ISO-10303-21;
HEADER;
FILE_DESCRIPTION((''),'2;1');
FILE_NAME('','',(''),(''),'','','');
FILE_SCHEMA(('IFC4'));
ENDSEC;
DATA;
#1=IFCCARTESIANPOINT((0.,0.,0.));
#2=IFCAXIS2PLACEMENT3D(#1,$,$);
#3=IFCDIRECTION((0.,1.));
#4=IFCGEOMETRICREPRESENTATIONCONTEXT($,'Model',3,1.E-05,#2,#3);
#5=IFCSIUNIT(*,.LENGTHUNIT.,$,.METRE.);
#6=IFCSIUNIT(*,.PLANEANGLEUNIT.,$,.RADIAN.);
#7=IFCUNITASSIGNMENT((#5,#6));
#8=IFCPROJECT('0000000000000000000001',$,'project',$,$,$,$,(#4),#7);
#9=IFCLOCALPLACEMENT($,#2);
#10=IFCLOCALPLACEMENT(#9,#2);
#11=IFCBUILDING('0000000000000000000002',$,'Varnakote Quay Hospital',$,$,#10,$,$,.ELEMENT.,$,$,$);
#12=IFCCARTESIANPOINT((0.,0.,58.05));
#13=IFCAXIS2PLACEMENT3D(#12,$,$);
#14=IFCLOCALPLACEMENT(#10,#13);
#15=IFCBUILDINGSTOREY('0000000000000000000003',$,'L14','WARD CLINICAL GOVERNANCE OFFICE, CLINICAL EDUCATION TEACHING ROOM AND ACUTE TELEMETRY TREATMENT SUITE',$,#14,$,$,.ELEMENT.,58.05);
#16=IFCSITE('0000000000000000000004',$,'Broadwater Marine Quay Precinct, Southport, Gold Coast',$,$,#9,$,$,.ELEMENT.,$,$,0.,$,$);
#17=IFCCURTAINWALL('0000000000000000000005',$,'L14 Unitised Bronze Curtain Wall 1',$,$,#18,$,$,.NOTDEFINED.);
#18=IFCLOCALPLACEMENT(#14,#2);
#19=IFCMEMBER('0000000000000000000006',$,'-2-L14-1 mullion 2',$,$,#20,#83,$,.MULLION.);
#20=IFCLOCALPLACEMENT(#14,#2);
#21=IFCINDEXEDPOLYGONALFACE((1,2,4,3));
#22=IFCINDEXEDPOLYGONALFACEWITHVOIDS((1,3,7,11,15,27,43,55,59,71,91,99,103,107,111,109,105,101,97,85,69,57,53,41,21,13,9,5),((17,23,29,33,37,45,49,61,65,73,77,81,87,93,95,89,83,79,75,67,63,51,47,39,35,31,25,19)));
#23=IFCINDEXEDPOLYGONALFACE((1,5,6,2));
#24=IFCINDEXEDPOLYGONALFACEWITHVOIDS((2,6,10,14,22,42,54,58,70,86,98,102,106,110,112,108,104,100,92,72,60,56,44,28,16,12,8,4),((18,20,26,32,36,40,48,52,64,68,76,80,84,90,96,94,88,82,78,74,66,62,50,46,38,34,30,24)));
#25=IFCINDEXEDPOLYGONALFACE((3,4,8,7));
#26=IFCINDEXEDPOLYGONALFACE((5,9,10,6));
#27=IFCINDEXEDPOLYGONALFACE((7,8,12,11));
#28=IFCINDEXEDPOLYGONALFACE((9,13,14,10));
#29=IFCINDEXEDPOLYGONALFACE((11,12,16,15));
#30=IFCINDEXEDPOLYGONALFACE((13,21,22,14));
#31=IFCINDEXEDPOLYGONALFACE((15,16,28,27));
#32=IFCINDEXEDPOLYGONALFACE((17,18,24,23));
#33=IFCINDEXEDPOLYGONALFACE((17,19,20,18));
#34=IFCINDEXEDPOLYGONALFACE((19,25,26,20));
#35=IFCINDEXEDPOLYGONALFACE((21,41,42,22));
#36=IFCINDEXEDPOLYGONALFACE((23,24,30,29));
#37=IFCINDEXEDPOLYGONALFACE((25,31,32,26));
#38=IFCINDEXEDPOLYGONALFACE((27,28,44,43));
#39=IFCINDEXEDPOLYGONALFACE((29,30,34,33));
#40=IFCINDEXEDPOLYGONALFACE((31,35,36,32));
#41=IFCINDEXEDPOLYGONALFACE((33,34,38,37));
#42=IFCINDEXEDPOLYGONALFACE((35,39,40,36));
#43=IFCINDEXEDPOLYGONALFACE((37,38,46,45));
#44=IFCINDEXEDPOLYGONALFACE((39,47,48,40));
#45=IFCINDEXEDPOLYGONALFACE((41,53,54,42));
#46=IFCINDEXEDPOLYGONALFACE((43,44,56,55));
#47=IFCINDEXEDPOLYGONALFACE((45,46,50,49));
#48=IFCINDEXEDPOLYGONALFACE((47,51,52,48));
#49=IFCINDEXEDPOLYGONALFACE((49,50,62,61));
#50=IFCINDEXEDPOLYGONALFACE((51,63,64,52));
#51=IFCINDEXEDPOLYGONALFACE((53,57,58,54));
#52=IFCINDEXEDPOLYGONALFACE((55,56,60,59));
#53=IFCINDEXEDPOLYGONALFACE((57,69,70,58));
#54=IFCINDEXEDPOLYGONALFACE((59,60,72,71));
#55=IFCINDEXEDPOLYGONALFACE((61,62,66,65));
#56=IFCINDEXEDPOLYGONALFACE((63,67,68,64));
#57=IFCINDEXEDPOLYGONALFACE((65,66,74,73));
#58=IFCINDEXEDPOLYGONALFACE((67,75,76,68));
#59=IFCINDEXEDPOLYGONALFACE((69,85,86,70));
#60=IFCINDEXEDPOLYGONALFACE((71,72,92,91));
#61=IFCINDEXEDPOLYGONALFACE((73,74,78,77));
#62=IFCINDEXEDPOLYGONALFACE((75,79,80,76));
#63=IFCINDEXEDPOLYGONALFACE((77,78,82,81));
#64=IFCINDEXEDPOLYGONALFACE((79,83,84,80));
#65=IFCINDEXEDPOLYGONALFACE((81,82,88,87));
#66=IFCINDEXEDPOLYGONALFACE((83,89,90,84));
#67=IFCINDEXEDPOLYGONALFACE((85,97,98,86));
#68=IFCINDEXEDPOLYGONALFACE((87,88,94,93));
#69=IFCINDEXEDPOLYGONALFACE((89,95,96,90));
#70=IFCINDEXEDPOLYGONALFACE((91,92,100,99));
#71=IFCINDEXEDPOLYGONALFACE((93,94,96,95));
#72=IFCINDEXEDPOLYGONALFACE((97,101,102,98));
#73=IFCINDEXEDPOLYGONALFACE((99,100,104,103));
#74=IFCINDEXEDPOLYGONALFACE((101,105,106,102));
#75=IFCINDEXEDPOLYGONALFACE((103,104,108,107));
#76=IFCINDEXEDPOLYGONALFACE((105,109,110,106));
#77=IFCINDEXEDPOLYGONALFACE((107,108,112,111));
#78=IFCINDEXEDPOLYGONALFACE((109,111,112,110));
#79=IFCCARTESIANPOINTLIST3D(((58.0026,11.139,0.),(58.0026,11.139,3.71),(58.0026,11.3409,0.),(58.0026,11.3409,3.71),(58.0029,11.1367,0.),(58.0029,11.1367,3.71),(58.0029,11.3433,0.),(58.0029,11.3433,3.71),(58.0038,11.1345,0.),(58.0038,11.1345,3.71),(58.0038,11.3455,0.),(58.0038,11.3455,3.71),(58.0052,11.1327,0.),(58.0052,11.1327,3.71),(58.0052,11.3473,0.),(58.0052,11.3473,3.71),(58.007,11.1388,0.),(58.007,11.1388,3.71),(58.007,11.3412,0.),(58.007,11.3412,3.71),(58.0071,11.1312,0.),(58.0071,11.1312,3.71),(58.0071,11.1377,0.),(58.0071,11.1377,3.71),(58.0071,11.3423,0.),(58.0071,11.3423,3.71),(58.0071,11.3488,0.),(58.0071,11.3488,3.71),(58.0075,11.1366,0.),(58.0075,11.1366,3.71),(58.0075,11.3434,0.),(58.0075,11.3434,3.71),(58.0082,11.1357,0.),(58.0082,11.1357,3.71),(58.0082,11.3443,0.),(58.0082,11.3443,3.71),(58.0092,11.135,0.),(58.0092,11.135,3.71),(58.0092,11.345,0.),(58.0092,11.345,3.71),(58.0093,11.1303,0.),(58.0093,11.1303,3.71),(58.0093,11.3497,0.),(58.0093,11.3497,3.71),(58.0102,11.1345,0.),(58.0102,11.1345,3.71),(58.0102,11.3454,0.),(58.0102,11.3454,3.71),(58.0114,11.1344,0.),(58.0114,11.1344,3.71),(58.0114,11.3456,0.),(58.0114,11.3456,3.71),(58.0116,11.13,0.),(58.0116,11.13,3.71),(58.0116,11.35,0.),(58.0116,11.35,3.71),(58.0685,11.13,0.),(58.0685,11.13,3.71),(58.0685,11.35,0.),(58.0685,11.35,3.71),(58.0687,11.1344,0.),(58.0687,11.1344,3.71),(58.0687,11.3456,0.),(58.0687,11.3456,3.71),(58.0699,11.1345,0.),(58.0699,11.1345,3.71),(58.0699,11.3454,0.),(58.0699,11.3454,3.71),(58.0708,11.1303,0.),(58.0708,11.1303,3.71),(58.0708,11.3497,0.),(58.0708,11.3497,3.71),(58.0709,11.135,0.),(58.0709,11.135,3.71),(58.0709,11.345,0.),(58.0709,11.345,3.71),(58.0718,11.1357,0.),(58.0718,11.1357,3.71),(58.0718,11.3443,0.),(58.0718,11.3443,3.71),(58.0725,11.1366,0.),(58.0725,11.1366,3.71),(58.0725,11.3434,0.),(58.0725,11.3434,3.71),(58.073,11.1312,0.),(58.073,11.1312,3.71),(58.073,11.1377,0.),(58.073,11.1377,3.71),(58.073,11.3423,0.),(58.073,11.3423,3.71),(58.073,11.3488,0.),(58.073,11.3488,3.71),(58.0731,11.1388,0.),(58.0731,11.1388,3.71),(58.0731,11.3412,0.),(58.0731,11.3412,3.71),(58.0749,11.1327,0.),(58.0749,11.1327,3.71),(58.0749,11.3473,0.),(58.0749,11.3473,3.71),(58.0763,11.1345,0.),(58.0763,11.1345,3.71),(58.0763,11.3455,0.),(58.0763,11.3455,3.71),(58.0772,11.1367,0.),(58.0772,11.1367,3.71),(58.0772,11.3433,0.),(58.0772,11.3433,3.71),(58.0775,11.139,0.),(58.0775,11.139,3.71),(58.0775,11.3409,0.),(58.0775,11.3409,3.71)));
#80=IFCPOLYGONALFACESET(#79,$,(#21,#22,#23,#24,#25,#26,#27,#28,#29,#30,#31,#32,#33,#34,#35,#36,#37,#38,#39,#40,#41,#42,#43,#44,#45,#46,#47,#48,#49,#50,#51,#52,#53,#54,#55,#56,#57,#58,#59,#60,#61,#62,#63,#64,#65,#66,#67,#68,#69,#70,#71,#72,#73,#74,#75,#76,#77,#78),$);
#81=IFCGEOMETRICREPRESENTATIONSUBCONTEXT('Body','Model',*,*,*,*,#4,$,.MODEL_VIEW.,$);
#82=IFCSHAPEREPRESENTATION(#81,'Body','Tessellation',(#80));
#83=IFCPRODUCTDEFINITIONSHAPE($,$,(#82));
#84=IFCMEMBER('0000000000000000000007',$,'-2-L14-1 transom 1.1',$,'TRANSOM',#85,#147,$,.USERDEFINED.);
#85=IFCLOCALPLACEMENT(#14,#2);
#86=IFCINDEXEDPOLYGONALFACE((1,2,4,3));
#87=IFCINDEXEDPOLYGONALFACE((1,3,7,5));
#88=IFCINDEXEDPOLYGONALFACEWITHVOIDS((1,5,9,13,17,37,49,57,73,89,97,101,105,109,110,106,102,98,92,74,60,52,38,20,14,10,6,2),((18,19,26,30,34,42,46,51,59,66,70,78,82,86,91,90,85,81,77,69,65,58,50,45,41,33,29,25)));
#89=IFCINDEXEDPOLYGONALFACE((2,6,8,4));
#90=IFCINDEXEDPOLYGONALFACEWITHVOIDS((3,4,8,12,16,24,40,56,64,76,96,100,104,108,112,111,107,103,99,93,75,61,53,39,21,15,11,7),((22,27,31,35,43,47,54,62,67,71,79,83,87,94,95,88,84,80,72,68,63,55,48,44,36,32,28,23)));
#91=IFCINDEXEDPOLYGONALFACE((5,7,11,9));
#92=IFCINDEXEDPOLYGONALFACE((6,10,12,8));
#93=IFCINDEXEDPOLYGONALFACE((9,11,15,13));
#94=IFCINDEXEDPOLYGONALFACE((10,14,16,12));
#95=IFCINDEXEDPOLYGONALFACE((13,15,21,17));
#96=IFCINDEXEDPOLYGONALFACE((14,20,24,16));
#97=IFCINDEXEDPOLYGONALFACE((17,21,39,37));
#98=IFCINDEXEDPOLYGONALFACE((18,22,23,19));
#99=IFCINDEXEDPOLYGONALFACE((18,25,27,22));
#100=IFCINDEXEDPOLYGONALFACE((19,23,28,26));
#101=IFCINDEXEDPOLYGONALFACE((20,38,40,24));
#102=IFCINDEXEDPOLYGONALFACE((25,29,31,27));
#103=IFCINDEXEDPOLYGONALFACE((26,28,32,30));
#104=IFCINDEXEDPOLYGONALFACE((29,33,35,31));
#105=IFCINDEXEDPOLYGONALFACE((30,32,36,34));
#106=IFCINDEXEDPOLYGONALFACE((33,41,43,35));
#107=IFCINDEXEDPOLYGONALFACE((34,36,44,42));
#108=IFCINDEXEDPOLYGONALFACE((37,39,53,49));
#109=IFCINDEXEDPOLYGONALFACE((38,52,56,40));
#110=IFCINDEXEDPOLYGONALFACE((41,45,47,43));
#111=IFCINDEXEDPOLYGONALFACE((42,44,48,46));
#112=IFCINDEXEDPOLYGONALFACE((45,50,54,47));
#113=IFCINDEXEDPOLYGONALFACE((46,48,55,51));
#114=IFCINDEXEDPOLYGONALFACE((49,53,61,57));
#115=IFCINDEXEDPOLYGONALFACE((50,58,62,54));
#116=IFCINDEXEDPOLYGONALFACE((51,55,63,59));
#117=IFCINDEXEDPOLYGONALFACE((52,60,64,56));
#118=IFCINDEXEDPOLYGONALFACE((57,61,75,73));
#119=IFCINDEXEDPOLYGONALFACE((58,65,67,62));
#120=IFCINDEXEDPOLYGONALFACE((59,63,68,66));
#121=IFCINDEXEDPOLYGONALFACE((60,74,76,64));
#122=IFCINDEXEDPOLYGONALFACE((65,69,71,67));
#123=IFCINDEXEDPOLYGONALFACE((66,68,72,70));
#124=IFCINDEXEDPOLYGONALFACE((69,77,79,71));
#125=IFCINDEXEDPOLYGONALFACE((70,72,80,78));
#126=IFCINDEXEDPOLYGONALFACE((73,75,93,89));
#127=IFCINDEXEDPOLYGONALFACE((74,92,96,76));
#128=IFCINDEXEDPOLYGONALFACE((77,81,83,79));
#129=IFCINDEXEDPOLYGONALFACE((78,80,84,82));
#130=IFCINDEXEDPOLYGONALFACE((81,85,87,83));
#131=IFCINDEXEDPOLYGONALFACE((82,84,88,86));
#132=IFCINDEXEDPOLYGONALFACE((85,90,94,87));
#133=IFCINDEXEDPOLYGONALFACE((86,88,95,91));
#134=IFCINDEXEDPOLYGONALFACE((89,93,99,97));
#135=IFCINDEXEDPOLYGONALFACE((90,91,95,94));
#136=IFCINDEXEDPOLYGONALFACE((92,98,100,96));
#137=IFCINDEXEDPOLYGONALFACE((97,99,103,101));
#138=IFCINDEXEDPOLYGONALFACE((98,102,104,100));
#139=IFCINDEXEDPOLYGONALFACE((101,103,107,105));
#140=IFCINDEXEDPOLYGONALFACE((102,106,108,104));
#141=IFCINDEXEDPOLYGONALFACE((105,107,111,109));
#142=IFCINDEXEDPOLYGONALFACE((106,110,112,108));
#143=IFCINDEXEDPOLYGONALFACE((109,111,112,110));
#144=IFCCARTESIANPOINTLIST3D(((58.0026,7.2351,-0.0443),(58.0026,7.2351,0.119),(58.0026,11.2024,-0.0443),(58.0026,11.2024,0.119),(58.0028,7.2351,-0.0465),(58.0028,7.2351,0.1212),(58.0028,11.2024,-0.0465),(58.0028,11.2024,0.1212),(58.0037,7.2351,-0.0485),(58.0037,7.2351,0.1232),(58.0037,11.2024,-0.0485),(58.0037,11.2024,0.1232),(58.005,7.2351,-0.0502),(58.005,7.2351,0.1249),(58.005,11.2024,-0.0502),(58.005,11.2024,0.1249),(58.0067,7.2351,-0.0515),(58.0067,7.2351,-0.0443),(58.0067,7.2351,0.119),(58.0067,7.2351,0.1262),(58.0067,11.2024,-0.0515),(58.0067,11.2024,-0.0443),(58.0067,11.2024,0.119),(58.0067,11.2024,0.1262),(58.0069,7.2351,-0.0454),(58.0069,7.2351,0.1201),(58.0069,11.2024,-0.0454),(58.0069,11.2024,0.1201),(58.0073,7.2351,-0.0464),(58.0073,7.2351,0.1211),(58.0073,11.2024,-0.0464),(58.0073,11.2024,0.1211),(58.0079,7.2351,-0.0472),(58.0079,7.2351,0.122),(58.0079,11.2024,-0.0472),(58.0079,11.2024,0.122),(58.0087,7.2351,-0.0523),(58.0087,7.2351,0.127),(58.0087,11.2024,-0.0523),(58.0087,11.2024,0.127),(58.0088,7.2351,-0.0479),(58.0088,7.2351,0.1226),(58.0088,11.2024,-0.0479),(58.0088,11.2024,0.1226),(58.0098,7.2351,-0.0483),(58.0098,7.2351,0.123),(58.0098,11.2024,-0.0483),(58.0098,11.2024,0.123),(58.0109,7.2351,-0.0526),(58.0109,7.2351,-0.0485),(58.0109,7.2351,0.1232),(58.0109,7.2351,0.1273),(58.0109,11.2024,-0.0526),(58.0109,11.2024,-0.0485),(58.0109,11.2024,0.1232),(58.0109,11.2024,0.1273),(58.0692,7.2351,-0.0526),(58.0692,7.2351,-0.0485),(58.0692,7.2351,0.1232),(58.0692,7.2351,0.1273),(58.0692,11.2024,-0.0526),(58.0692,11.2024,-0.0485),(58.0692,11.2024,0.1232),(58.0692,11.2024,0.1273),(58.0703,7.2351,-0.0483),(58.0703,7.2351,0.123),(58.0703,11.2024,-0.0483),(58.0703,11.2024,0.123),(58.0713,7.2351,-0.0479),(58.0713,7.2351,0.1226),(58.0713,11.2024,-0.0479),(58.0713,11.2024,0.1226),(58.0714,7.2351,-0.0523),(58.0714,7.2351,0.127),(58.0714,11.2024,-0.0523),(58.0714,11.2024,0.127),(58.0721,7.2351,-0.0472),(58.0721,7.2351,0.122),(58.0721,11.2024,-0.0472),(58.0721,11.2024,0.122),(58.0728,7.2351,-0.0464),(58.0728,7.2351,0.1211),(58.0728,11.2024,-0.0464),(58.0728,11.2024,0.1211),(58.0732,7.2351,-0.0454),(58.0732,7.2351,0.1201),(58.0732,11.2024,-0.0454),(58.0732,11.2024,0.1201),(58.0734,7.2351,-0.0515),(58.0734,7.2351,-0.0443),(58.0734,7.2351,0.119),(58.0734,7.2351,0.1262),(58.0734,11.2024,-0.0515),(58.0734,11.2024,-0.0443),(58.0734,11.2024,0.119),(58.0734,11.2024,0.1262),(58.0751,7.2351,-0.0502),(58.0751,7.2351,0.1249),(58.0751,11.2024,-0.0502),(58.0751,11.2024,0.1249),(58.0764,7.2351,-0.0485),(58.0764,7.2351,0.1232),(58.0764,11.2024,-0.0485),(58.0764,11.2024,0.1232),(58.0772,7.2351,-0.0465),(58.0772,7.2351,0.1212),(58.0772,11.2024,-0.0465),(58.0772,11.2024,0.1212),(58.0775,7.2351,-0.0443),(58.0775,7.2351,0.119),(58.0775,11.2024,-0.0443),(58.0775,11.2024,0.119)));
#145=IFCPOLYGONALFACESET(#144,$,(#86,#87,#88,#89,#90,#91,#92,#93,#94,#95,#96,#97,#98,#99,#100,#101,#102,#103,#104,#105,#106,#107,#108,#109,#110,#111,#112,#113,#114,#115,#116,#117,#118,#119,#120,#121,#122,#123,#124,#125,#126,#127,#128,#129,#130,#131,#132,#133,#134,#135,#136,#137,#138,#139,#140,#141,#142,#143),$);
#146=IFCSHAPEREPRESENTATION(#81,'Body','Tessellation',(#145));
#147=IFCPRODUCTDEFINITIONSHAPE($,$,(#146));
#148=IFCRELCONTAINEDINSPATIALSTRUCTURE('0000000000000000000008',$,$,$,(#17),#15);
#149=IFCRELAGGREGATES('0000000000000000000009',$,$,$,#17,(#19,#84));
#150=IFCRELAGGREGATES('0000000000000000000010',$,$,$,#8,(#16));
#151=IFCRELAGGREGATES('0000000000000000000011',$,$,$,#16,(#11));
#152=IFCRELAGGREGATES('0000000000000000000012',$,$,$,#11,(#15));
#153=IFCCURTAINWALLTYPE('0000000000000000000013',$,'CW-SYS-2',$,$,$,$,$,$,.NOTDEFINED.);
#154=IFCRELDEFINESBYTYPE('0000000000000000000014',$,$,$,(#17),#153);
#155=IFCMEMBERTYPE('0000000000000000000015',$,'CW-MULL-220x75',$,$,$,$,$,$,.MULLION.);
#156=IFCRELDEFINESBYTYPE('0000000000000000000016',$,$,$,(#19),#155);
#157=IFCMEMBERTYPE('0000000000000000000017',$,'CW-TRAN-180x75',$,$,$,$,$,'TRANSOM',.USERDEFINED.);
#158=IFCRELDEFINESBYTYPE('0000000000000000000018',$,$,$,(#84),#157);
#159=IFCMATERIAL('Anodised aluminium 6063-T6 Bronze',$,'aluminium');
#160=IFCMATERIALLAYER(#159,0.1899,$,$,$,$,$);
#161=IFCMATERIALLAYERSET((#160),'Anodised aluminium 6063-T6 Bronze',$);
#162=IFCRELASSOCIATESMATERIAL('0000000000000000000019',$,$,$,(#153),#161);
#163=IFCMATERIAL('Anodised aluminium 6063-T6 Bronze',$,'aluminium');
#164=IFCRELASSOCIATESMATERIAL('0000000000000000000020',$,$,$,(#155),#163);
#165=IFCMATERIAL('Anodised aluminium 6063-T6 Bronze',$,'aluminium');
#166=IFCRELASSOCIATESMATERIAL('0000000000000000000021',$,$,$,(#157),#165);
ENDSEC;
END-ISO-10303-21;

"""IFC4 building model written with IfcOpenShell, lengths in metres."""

from ifc_helpers import new_model, si_unit, direction, frame, origin, origin_2d, place, context, subcontext, project, spatial, hollow_rectangle, extrude, material, layer, layer_set, material_profile, profile_set, type_object, element, aggregate, save


model = new_model("IFC4")

# Units and contexts
model_context = context("Model", 3, precision=1e-05, world=origin(), true_north=direction((0.0, 1.0)))
body_context = subcontext(model_context, "Body", "Model", "MODEL_VIEW")
ifc_project = project(units=[si_unit("LENGTHUNIT", "METRE"), si_unit("PLANEANGLEUNIT", "RADIAN")], contexts=[model_context])

# Site, building, storey
site_placement = place(None, origin())
site = spatial("IfcSite", under=ifc_project, at=site_placement, Name="Broadwater Marine Quay Precinct, Southport, Gold Coast", CompositionType="ELEMENT", RefElevation=0.0)
building_placement = place(site_placement, origin())
building = spatial("IfcBuilding", under=site, at=building_placement, Name="Varnakote Quay Hospital", CompositionType="ELEMENT")
storey_placement = place(building_placement, frame((0.0, 0.0, 58.05)))
storey = spatial("IfcBuildingStorey", under=building, at=storey_placement, Name="L14", Description="WARD CLINICAL GOVERNANCE OFFICE, CLINICAL EDUCATION TEACHING ROOM AND ACUTE TELEMETRY TREATMENT SUITE", CompositionType="ELEMENT", Elevation=58.05)

# Curtain wall, members
ifc_material_1 = material(Name="Anodised aluminium 6063-T6 Bronze", Category="aluminium")
ifc_layer_1 = layer(ifc_material_1, 0.1899)
ifc_layer_set_1 = layer_set([ifc_layer_1], Name="Anodised aluminium 6063-T6 Bronze")
curtain_wall_type = type_object("IfcCurtainWallType", Name="CW-SYS-2", PredefinedType="NOTDEFINED", material=ifc_layer_set_1)
curtain_wall_placement = place(storey_placement, origin())
curtain_wall = element("IfcCurtainWall", 1, at=curtain_wall_placement, inside=storey, type_object=curtain_wall_type, Name="L14 Unitised Bronze Curtain Wall 1", PredefinedType="NOTDEFINED")
ifc_material_2 = material(Name="Anodised aluminium 6063-T6 Bronze", Category="aluminium")
ifc_material_profile_1 = material_profile(ifc_material_2, hollow_rectangle(XDim=0.075, YDim=0.22, WallThickness=0.0044, InnerFilletRadius=0.0044, OuterFilletRadius=0.009, at=origin_2d()), Name="CW-MULL-220x75")
ifc_profile_set_1 = profile_set([ifc_material_profile_1], Name="Anodised aluminium 6063-T6 Bronze")
member_type_1 = type_object("IfcMemberType", Name="CW-MULL-220x75", PredefinedType="MULLION", material=ifc_profile_set_1)
member_1_placement = place(storey_placement, frame((58.04, 11.24, 0.0), z_axis=(0.0, 0.0, 1.0), x_axis=(-1.0, 0.0, 0.0)))
member_1 = element("IfcMember", 2, at=member_1_placement, type_object=member_type_1, Name="-2-L14-1 mullion 2", PredefinedType="MULLION", context=body_context, shape_type="SweptSolid", body=[
    extrude(hollow_rectangle(XDim=0.075, YDim=0.22, WallThickness=0.0044, InnerFilletRadius=0.0044, OuterFilletRadius=0.009, at=origin_2d()), origin(), (0.0, 0.0, 1.0), 3.71),
])
ifc_material_3 = material(Name="Anodised aluminium 6063-T6 Bronze", Category="aluminium")
ifc_material_profile_2 = material_profile(ifc_material_3, hollow_rectangle(XDim=0.075, YDim=0.1799, WallThickness=0.0042, InnerFilletRadius=0.0042, OuterFilletRadius=0.0083, at=origin_2d()), Name="CW-TRAN-180x75")
ifc_profile_set_2 = profile_set([ifc_material_profile_2], Name="Anodised aluminium 6063-T6 Bronze")
member_type_2 = type_object("IfcMemberType", Name="CW-TRAN-180x75", ElementType="TRANSOM", PredefinedType="USERDEFINED", material=ifc_profile_set_2)
member_2_placement = place(storey_placement, frame((58.04, 7.2351, 0.0374), z_axis=(0.0, 1.0, 0.0), x_axis=(-1.0, 0.0, 0.0)))
member_2 = element("IfcMember", 3, at=member_2_placement, type_object=member_type_2, Name="-2-L14-1 transom 1.1", ObjectType="TRANSOM", PredefinedType="USERDEFINED", context=body_context, shape_type="SweptSolid", body=[
    extrude(hollow_rectangle(XDim=0.075, YDim=0.1799, WallThickness=0.0042, InnerFilletRadius=0.0042, OuterFilletRadius=0.0083, at=origin_2d()), origin(), (0.0, 0.0, 1.0), 3.9673),
])
aggregate(curtain_wall, [member_1, member_2])

save(model, "model.ifc")
